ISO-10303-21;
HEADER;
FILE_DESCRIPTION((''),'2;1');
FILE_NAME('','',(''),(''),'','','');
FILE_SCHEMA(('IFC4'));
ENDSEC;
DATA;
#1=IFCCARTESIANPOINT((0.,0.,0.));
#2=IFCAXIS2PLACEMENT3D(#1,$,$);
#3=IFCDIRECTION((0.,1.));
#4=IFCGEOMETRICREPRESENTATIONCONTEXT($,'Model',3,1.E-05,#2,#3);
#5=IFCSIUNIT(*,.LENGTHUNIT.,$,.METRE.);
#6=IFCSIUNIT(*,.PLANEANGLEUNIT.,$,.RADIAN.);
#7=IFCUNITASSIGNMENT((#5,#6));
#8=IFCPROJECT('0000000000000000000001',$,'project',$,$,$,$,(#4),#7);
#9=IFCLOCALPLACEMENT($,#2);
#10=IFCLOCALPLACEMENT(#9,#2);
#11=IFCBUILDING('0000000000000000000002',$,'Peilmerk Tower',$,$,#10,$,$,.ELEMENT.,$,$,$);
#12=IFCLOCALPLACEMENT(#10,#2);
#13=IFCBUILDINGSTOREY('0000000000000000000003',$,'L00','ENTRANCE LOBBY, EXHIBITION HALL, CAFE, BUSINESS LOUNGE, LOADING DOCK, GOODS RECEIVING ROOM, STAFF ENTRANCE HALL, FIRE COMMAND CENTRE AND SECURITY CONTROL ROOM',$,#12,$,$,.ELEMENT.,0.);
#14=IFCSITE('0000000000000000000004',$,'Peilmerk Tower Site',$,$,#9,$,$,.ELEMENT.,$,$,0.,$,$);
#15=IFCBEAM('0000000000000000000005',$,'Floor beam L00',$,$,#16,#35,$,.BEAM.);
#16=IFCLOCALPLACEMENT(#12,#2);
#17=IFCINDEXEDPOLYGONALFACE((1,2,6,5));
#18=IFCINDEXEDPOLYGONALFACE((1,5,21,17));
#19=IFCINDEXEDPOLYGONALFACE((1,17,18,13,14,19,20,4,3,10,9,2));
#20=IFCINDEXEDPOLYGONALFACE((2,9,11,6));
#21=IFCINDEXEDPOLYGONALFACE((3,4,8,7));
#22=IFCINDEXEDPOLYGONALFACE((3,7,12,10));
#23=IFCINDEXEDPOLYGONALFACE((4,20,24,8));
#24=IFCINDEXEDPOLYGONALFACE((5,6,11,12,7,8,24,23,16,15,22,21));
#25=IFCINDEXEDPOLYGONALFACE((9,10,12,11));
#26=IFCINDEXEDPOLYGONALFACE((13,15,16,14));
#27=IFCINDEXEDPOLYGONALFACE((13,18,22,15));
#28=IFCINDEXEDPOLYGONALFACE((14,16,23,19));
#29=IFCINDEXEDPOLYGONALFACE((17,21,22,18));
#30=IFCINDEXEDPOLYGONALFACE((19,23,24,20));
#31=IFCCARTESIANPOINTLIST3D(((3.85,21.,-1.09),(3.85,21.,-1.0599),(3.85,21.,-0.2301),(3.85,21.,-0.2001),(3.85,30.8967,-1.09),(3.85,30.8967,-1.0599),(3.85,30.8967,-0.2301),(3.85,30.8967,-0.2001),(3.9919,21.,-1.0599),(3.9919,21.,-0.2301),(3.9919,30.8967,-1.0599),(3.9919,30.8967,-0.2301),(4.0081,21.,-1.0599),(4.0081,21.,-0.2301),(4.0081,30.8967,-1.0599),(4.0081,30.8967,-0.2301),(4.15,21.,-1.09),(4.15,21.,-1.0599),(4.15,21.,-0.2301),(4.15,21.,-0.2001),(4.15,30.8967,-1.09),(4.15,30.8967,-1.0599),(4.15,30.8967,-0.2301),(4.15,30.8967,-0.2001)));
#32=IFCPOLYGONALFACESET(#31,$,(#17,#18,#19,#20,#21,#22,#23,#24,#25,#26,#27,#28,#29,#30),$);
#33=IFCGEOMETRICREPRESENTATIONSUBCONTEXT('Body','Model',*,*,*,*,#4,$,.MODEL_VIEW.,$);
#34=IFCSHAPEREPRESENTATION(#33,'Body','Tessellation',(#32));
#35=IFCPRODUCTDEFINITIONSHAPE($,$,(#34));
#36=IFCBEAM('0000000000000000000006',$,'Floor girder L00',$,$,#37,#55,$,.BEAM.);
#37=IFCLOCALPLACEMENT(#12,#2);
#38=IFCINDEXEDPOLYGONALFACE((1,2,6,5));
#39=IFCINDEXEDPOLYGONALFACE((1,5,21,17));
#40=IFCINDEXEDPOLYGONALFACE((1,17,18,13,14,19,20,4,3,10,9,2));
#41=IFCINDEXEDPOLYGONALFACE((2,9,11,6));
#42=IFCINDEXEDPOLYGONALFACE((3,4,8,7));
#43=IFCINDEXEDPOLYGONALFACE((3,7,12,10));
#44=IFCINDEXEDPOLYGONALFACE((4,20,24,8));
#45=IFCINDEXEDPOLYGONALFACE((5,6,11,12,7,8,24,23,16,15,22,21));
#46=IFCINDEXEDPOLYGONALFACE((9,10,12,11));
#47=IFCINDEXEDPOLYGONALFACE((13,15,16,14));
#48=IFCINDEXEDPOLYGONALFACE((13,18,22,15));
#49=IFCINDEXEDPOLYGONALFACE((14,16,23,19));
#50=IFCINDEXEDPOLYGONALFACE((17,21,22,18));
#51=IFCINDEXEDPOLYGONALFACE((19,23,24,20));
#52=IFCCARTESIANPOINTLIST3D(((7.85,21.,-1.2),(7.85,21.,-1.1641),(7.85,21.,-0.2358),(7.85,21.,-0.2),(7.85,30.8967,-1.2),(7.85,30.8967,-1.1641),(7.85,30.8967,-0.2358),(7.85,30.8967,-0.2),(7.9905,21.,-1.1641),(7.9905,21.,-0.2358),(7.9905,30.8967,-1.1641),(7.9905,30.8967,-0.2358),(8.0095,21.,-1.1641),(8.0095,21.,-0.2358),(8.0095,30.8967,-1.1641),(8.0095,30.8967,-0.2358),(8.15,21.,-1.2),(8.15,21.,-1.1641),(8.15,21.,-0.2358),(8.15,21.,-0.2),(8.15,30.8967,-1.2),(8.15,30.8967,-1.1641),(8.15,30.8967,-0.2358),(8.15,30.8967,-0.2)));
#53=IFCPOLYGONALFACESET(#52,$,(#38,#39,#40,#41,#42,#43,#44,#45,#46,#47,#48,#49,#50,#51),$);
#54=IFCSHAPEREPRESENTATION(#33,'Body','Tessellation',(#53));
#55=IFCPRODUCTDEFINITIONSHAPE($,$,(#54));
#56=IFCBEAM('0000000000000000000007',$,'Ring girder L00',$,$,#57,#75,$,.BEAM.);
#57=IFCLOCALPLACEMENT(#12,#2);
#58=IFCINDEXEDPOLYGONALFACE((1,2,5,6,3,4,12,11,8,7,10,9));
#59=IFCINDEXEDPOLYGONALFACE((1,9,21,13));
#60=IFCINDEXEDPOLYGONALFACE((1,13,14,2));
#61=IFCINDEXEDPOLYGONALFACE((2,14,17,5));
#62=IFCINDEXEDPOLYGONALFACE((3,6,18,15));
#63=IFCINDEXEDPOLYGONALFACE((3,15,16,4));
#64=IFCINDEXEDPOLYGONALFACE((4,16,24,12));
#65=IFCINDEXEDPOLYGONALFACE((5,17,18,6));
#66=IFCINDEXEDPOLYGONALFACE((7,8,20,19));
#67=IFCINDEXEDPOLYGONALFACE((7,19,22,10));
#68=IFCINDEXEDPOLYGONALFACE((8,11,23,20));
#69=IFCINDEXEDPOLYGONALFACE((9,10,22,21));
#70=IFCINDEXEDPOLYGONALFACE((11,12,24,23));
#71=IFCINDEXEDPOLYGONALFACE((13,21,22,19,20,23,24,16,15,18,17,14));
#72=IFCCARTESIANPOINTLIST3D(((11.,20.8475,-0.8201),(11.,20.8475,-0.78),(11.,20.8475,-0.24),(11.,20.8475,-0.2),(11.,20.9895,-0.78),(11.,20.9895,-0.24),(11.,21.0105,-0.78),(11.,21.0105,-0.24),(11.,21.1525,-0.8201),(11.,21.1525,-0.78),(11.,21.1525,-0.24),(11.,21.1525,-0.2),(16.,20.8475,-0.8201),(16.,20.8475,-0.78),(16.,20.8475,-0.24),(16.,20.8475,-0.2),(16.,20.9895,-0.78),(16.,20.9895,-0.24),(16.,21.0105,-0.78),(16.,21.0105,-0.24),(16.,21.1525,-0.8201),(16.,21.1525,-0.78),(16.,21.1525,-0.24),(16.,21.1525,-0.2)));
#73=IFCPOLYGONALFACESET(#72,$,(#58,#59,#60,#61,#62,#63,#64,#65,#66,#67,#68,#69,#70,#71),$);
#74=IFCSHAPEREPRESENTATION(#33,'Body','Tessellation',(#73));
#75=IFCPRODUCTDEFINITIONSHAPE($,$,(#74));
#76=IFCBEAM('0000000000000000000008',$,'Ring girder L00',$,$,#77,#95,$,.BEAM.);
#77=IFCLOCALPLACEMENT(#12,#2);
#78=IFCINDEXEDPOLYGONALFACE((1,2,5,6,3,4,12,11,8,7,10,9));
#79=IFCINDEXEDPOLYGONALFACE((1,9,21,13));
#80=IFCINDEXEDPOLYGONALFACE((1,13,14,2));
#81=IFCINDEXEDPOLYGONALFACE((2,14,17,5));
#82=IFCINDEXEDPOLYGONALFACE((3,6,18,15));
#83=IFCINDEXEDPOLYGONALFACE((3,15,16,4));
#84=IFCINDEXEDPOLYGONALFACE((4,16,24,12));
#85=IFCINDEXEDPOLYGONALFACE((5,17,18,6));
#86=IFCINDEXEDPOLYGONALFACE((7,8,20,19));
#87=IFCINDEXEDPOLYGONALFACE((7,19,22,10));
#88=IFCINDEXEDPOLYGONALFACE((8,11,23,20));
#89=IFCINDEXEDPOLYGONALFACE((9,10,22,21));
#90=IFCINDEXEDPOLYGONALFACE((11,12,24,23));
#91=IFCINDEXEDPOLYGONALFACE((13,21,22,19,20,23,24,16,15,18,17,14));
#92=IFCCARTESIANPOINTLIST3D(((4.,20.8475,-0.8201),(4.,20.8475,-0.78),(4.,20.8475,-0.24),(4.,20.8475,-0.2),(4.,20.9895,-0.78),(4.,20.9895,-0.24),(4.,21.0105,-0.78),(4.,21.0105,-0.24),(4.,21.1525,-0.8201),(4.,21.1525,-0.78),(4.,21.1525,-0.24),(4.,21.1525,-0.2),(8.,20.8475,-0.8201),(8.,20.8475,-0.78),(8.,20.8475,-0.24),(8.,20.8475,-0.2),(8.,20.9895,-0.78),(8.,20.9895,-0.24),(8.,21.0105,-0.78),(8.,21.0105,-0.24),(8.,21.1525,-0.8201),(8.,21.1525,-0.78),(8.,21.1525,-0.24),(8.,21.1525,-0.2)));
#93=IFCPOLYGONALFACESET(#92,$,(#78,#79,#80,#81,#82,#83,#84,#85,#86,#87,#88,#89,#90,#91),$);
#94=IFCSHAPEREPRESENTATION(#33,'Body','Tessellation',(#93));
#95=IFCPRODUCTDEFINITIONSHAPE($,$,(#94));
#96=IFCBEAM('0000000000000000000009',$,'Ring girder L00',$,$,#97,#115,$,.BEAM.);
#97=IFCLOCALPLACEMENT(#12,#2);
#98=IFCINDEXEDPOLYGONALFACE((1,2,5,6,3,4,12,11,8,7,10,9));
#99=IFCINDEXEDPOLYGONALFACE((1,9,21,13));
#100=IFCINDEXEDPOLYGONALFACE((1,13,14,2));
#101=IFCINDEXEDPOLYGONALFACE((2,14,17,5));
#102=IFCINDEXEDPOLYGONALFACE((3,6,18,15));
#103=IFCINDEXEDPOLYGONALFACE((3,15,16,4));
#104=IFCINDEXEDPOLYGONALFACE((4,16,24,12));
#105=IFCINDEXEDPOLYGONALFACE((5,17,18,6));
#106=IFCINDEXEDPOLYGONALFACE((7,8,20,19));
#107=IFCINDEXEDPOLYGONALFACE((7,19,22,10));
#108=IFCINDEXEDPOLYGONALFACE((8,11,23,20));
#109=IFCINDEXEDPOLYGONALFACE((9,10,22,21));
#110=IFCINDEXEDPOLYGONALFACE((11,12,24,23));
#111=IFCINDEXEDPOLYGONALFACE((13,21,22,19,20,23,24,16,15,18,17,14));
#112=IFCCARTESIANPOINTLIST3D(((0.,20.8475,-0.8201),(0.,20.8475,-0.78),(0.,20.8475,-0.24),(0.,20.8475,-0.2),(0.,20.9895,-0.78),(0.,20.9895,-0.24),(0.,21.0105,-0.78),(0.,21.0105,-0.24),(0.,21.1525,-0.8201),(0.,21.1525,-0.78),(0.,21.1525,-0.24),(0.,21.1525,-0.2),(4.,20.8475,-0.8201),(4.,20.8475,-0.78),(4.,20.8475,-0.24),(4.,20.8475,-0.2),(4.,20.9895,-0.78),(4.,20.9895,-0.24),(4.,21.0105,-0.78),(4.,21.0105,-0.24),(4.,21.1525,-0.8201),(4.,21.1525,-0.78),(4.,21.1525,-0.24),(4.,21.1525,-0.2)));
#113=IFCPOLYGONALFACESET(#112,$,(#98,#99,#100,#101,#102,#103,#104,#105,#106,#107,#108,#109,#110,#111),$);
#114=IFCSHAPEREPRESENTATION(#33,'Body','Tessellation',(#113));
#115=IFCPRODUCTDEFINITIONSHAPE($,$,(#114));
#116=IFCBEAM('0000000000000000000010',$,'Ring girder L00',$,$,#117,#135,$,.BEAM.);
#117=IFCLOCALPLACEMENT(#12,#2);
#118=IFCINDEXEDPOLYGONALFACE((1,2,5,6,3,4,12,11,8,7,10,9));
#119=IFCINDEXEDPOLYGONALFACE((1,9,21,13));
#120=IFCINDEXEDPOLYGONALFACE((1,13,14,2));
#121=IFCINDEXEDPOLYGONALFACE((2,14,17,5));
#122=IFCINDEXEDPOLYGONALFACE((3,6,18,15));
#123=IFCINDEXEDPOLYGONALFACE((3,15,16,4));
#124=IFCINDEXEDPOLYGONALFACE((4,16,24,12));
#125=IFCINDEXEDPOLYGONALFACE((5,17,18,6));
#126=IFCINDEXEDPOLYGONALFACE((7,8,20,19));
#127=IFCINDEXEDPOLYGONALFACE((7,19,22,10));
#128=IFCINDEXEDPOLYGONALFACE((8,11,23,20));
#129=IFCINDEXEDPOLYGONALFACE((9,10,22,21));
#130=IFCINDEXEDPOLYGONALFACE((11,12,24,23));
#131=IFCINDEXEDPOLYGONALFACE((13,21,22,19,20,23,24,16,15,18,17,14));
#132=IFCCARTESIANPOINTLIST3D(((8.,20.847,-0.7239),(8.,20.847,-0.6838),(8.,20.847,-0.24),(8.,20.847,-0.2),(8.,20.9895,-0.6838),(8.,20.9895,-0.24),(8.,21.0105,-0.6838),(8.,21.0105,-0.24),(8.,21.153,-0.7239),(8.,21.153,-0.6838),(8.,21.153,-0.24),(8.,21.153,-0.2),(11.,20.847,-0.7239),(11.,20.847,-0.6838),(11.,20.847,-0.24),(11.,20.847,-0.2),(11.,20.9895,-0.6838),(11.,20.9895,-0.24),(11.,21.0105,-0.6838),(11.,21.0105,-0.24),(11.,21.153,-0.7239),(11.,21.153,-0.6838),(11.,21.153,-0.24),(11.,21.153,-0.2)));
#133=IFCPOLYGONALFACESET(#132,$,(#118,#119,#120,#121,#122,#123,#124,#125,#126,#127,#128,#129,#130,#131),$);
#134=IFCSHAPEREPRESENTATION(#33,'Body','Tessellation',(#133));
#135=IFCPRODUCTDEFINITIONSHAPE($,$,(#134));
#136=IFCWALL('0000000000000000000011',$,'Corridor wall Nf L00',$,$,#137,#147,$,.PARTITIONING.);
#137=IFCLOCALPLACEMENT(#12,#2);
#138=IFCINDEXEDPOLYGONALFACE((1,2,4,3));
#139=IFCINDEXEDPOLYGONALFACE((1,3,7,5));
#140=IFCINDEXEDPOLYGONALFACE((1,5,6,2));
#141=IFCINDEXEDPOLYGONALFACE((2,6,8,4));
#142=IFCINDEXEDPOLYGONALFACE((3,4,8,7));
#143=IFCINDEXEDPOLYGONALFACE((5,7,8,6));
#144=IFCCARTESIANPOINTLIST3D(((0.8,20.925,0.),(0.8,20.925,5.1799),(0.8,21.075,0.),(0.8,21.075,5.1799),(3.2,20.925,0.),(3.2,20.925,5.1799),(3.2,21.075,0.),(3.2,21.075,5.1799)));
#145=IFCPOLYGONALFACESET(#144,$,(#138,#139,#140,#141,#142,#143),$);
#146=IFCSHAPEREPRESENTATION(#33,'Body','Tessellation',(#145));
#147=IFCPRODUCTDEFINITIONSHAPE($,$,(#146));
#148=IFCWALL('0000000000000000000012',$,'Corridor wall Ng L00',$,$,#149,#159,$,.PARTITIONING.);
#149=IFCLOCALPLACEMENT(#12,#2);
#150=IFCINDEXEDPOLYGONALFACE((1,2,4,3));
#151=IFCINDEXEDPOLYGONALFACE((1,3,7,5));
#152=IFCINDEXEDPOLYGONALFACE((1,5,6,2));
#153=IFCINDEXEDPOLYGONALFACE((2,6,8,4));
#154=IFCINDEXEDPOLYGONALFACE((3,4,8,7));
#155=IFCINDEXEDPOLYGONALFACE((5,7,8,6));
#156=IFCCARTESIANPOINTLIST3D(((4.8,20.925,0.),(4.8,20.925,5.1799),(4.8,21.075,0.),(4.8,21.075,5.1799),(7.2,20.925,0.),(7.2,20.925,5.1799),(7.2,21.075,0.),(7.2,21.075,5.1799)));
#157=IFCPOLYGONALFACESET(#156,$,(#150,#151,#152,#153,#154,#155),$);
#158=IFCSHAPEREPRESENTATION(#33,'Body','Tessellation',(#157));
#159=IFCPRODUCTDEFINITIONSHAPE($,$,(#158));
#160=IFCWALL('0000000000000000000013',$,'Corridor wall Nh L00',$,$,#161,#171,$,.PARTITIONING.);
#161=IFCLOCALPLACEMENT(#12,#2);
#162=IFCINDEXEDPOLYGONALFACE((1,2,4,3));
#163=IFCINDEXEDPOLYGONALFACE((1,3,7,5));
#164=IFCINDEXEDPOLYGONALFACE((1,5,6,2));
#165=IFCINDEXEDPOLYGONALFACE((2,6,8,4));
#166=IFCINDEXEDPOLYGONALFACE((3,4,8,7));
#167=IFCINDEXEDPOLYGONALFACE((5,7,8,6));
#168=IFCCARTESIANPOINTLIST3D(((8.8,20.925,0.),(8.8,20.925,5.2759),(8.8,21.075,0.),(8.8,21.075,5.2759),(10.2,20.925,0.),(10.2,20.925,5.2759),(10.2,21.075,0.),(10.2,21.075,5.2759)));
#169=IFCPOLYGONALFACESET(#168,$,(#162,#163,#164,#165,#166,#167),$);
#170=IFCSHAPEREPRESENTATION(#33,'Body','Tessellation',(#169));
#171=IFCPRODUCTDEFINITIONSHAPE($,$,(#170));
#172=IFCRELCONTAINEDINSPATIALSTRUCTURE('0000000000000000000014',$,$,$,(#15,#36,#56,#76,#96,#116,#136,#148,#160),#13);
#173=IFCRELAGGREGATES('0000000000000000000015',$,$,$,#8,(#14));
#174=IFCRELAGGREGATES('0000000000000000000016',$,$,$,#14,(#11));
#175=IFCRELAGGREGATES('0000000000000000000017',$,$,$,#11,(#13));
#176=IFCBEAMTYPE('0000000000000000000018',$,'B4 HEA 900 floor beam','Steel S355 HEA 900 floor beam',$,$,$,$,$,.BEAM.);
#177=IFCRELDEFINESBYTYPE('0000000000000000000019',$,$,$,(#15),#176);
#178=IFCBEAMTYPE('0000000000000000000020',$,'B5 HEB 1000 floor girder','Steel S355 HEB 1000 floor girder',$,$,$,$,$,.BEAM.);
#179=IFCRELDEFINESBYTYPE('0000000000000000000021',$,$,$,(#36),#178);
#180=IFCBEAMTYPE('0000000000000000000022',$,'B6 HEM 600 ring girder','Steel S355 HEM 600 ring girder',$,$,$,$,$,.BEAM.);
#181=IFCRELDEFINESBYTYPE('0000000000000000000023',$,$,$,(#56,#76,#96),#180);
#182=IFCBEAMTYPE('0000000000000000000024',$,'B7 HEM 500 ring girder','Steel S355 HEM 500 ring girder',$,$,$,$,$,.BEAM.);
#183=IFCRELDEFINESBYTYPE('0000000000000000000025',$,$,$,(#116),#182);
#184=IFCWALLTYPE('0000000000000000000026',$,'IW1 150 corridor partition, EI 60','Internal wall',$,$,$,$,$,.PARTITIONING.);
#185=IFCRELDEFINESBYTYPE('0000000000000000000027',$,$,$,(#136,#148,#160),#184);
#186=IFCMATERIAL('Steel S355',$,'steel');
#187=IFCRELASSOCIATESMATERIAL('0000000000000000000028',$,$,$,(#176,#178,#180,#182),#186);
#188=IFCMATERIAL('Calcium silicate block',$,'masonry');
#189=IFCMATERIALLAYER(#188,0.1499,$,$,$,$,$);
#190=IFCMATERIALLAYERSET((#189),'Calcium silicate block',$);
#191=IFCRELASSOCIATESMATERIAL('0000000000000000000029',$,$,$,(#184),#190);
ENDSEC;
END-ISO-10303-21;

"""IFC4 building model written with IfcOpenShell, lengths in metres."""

from ifc_helpers import new_model, si_unit, direction, frame, frame_2d, origin, origin_2d, place, context, subcontext, project, spatial, rectangle, i_section, extrude, material, layer, layer_set, material_profile, profile_set, type_object, element, save


model = new_model("IFC4")

# Units and contexts
model_context = context("Model", 3, precision=1e-05, world=origin(), true_north=direction((0.0, 1.0)))
body_context = subcontext(model_context, "Body", "Model", "MODEL_VIEW")
ifc_project = project(units=[si_unit("LENGTHUNIT", "METRE"), si_unit("PLANEANGLEUNIT", "RADIAN")], contexts=[model_context])

# Site, building, storey
site_placement = place(None, origin())
site = spatial("IfcSite", under=ifc_project, at=site_placement, Name="Peilmerk Tower Site", CompositionType="ELEMENT", RefElevation=0.0)
building_placement = place(site_placement, origin())
building = spatial("IfcBuilding", under=site, at=building_placement, Name="Peilmerk Tower", CompositionType="ELEMENT")
storey_placement = place(building_placement, origin())
storey = spatial("IfcBuildingStorey", under=building, at=storey_placement, Name="L00", Description="ENTRANCE LOBBY, EXHIBITION HALL, CAFE, BUSINESS LOUNGE, LOADING DOCK, GOODS RECEIVING ROOM, STAFF ENTRANCE HALL, FIRE COMMAND CENTRE AND SECURITY CONTROL ROOM", CompositionType="ELEMENT", Elevation=0.0)

# Beams
ifc_material_1 = material(Name="Steel S355", Category="steel")
ifc_material_profile_1 = material_profile(ifc_material_1, i_section(OverallWidth=0.3, OverallDepth=0.8899, WebThickness=0.0161, FlangeThickness=0.03, at=origin_2d()), Name="HEA 900")
ifc_profile_set_1 = profile_set([ifc_material_profile_1], Name="Steel S355")
beam_type_1 = type_object("IfcBeamType", Name="B4 HEA 900 floor beam", Description="Steel S355 HEA 900 floor beam", PredefinedType="BEAM", material=ifc_profile_set_1)
for number, where, z_axis, x_axis, name in (
    (1, (4.0, 21.0, -0.645), (0.0, 1.0, 0.0), (-1.0, 0.0, 0.0), "Floor beam L00"),
):
    element("IfcBeam", number, at=place(storey_placement, frame(where, z_axis=z_axis, x_axis=x_axis)), inside=storey, type_object=beam_type_1, Name=name, PredefinedType="BEAM", context=body_context, shape_type="SweptSolid", body=[
        extrude(i_section(OverallWidth=0.3, OverallDepth=0.8899, WebThickness=0.0161, FlangeThickness=0.03, at=origin_2d()), origin(), (0.0, 0.0, 1.0), 9.8967),
    ])
ifc_material_profile_2 = material_profile(ifc_material_1, i_section(OverallWidth=0.3, OverallDepth=1.0, WebThickness=0.019, FlangeThickness=0.0359, at=origin_2d()), Name="HEB 1000")
ifc_profile_set_2 = profile_set([ifc_material_profile_2], Name="Steel S355")
beam_type_2 = type_object("IfcBeamType", Name="B5 HEB 1000 floor girder", Description="Steel S355 HEB 1000 floor girder", PredefinedType="BEAM", material=ifc_profile_set_2)
beam_1_placement = place(storey_placement, frame((8.0, 21.0, -0.7), z_axis=(0.0, 1.0, 0.0), x_axis=(-1.0, 0.0, 0.0)))
element("IfcBeam", 2, at=beam_1_placement, inside=storey, type_object=beam_type_2, Name="Floor girder L00", PredefinedType="BEAM", context=body_context, shape_type="SweptSolid", body=[
    extrude(i_section(OverallWidth=0.3, OverallDepth=1.0, WebThickness=0.019, FlangeThickness=0.0359, at=origin_2d()), origin(), (0.0, 0.0, 1.0), 9.8967),
])
ifc_material_profile_3 = material_profile(ifc_material_1, i_section(OverallWidth=0.3049, OverallDepth=0.6201, WebThickness=0.021, FlangeThickness=0.04, at=origin_2d()), Name="HEM 600")
ifc_profile_set_3 = profile_set([ifc_material_profile_3], Name="Steel S355")
beam_type_3 = type_object("IfcBeamType", Name="B6 HEM 600 ring girder", Description="Steel S355 HEM 600 ring girder", PredefinedType="BEAM", material=ifc_profile_set_3)
beam_2_placement = place(storey_placement, frame((16.0, 21.0, -0.51), z_axis=(-1.0, 0.0, 0.0), x_axis=(0.0, -1.0, 0.0)))
element("IfcBeam", 3, at=beam_2_placement, inside=storey, type_object=beam_type_3, Name="Ring girder L00", PredefinedType="BEAM", context=body_context, shape_type="SweptSolid", body=[
    extrude(i_section(OverallWidth=0.3049, OverallDepth=0.6201, WebThickness=0.021, FlangeThickness=0.04, at=origin_2d()), origin(), (0.0, 0.0, 1.0), 5.0),
])
for number, where, z_axis, x_axis, name in (
    (4, (8.0, 21.0, -0.51), (-1.0, 0.0, 0.0), (0.0, -1.0, 0.0), "Ring girder L00"),
    (5, (4.0, 21.0, -0.51), (-1.0, 0.0, 0.0), (0.0, -1.0, 0.0), "Ring girder L00"),
):
    element("IfcBeam", number, at=place(storey_placement, frame(where, z_axis=z_axis, x_axis=x_axis)), inside=storey, type_object=beam_type_3, Name=name, PredefinedType="BEAM", context=body_context, shape_type="SweptSolid", body=[
        extrude(i_section(OverallWidth=0.3049, OverallDepth=0.6201, WebThickness=0.021, FlangeThickness=0.04, at=origin_2d()), origin(), (0.0, 0.0, 1.0), 4.0),
    ])
ifc_material_profile_4 = material_profile(ifc_material_1, i_section(OverallWidth=0.3059, OverallDepth=0.5239, WebThickness=0.021, FlangeThickness=0.04, at=origin_2d()), Name="HEM 500")
ifc_profile_set_4 = profile_set([ifc_material_profile_4], Name="Steel S355")
beam_type_4 = type_object("IfcBeamType", Name="B7 HEM 500 ring girder", Description="Steel S355 HEM 500 ring girder", PredefinedType="BEAM", material=ifc_profile_set_4)
beam_3_placement = place(storey_placement, frame((11.0, 21.0, -0.4619), z_axis=(-1.0, 0.0, 0.0), x_axis=(0.0, -1.0, 0.0)))
element("IfcBeam", 6, at=beam_3_placement, inside=storey, type_object=beam_type_4, Name="Ring girder L00", PredefinedType="BEAM", context=body_context, shape_type="SweptSolid", body=[
    extrude(i_section(OverallWidth=0.3059, OverallDepth=0.5239, WebThickness=0.021, FlangeThickness=0.04, at=origin_2d()), origin(), (0.0, 0.0, 1.0), 3.0),
])

# Walls
ifc_material_2 = material(Name="Calcium silicate block", Category="masonry")
ifc_layer = layer(ifc_material_2, 0.1499)
ifc_layer_set = layer_set([ifc_layer], Name="Calcium silicate block")
wall_type = type_object("IfcWallType", Name="IW1 150 corridor partition, EI 60", Description="Internal wall", PredefinedType="PARTITIONING", material=ifc_layer_set)
for number, where, z_axis, x_axis, name in (
    (7, (0.8, 21.0, 0.0), (0.0, 0.0, 1.0), (1.0, 0.0, 0.0), "Corridor wall Nf L00"),
    (8, (4.8, 21.0, 0.0), (0.0, 0.0, 1.0), (1.0, 0.0, 0.0), "Corridor wall Ng L00"),
):
    element("IfcWall", number, at=place(storey_placement, frame(where, z_axis=z_axis, x_axis=x_axis)), inside=storey, type_object=wall_type, Name=name, PredefinedType="PARTITIONING", context=body_context, shape_type="SweptSolid", body=[
        extrude(rectangle(XDim=2.3999, YDim=0.1499, at=frame_2d((1.2, 0.0))), origin(), (0.0, 0.0, 1.0), 5.1799),
    ])
wall_1_placement = place(storey_placement, frame((8.8, 21.0, 0.0), z_axis=(0.0, 0.0, 1.0), x_axis=(1.0, 0.0, 0.0)))
element("IfcWall", 9, at=wall_1_placement, inside=storey, type_object=wall_type, Name="Corridor wall Nh L00", PredefinedType="PARTITIONING", context=body_context, shape_type="SweptSolid", body=[
    extrude(rectangle(XDim=1.3999, YDim=0.1499, at=frame_2d((0.7, 0.0))), origin(), (0.0, 0.0, 1.0), 5.2759),
])

save(model, "model.ifc")
